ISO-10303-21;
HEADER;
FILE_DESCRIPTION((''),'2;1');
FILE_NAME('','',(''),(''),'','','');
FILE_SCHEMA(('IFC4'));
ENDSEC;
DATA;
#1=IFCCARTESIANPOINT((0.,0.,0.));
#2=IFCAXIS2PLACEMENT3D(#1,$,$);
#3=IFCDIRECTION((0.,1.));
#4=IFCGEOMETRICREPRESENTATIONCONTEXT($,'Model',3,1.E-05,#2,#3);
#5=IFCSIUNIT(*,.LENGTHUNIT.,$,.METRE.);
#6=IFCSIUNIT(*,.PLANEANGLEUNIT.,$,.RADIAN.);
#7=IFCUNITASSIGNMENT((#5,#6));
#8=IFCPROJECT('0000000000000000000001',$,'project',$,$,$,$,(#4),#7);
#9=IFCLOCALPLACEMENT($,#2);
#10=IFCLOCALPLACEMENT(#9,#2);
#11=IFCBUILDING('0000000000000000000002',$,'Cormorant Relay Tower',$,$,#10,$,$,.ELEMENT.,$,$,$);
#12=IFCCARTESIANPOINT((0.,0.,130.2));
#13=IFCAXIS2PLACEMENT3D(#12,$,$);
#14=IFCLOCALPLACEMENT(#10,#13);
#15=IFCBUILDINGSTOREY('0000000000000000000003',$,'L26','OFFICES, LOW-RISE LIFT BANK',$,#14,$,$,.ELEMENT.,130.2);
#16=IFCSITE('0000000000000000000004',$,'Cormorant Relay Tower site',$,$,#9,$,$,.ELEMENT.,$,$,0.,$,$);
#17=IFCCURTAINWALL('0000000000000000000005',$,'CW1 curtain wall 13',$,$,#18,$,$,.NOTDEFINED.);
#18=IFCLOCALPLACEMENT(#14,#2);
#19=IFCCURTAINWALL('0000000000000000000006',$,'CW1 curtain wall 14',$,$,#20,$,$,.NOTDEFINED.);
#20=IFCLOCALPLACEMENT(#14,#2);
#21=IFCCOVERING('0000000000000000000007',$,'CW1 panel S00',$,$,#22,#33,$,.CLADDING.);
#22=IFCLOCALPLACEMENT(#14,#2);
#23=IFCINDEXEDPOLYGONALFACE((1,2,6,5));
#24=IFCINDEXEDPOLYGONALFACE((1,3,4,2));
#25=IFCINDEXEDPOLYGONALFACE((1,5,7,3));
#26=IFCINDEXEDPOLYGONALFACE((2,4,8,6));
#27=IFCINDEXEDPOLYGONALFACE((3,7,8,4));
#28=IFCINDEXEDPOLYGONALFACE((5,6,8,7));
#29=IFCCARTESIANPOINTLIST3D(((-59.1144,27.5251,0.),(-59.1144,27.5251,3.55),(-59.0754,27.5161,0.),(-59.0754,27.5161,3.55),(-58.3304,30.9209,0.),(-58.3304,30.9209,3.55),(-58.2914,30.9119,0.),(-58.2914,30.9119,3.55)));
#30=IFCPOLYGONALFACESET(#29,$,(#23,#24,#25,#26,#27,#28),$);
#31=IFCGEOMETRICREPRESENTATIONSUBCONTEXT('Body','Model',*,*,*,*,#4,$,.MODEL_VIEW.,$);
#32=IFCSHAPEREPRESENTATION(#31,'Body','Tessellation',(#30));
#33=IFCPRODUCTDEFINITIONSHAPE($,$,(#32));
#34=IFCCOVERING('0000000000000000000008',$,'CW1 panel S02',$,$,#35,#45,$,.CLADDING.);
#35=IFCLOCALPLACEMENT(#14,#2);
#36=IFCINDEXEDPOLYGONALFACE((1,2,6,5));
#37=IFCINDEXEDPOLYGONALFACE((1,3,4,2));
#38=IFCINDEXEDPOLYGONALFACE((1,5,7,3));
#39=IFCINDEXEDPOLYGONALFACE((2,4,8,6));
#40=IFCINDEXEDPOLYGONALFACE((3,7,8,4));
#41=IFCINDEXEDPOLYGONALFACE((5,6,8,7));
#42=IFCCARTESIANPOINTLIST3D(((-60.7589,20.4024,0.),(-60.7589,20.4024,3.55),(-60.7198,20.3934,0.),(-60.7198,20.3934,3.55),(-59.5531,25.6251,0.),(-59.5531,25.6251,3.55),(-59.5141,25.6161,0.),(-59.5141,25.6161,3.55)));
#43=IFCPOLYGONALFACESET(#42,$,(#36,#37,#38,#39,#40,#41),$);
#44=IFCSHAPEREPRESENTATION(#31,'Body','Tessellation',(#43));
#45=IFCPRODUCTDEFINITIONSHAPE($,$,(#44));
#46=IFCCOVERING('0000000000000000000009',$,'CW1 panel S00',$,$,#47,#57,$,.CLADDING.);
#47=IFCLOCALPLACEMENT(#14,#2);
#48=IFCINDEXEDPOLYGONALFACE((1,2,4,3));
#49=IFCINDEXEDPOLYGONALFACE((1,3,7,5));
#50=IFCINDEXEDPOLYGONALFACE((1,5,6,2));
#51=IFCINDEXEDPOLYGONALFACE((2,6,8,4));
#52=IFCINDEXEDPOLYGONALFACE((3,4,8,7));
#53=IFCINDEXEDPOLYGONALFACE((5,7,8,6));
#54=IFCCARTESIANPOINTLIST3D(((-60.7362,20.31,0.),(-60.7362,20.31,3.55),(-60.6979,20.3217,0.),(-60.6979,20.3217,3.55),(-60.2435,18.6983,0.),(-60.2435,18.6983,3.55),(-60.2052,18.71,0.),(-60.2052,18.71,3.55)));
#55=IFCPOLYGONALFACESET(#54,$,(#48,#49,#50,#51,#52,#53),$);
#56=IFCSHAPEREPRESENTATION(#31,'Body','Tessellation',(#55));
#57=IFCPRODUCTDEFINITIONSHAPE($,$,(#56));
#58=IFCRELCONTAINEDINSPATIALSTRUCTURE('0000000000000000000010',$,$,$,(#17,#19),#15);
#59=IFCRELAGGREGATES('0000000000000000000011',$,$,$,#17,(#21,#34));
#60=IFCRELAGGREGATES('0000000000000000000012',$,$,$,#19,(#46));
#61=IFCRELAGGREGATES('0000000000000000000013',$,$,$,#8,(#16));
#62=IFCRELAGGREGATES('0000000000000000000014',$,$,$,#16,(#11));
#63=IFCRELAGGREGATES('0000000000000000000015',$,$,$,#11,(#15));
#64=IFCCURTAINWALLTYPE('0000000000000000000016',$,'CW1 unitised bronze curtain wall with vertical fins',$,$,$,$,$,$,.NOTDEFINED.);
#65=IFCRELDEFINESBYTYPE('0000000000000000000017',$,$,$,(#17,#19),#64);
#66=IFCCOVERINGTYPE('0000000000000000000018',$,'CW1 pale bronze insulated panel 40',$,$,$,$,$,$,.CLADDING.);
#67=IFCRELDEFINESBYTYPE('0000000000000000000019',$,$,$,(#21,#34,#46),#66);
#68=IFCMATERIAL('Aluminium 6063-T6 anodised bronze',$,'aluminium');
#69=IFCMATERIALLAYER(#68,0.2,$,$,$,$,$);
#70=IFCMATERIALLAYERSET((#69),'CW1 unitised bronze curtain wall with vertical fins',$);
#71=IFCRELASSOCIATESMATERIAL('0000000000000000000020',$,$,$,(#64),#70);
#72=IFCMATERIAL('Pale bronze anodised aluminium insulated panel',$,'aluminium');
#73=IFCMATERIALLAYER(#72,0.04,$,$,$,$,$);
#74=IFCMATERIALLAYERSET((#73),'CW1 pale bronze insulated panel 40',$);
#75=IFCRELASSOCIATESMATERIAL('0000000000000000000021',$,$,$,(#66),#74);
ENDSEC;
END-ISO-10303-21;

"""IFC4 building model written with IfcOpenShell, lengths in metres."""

from ifc_helpers import new_model, si_unit, direction, frame, origin, origin_2d, place, context, subcontext, project, spatial, rectangle, extrude, material, layer, layer_set, type_object, element, aggregate, save


model = new_model("IFC4")

# Units and contexts
model_context = context("Model", 3, precision=1e-05, world=origin(), true_north=direction((0.0, 1.0)))
body_context = subcontext(model_context, "Body", "Model", "MODEL_VIEW")
ifc_project = project(units=[si_unit("LENGTHUNIT", "METRE"), si_unit("PLANEANGLEUNIT", "RADIAN")], contexts=[model_context])

# Site, building, storey
site_placement = place(None, origin())
site = spatial("IfcSite", under=ifc_project, at=site_placement, Name="Cormorant Relay Tower site", CompositionType="ELEMENT", RefElevation=0.0)
building_placement = place(site_placement, origin())
building = spatial("IfcBuilding", under=site, at=building_placement, Name="Cormorant Relay Tower", CompositionType="ELEMENT")
storey_placement = place(building_placement, frame((0.0, 0.0, 130.2)))
storey = spatial("IfcBuildingStorey", under=building, at=storey_placement, Name="L26", Description="OFFICES, LOW-RISE LIFT BANK", CompositionType="ELEMENT", Elevation=130.2)

# Curtain wall
ifc_material_1 = material(Name="Aluminium 6063-T6 anodised bronze", Category="aluminium")
ifc_layer_1 = layer(ifc_material_1, 0.2)
ifc_layer_set_1 = layer_set([ifc_layer_1], Name="CW1 unitised bronze curtain wall with vertical fins")
curtain_wall_type = type_object("IfcCurtainWallType", Name="CW1 unitised bronze curtain wall with vertical fins", PredefinedType="NOTDEFINED", material=ifc_layer_set_1)
curtain_wall_1_placement = place(storey_placement, origin())
curtain_wall_1 = element("IfcCurtainWall", 1, at=curtain_wall_1_placement, inside=storey, type_object=curtain_wall_type, Name="CW1 curtain wall 13", PredefinedType="NOTDEFINED")

# Curtain wall
curtain_wall_2_placement = place(storey_placement, origin())
curtain_wall_2 = element("IfcCurtainWall", 2, at=curtain_wall_2_placement, inside=storey, type_object=curtain_wall_type, Name="CW1 curtain wall 14", PredefinedType="NOTDEFINED")

# Coverings
ifc_material_2 = material(Name="Pale bronze anodised aluminium insulated panel", Category="aluminium")
ifc_layer_2 = layer(ifc_material_2, 0.04)
ifc_layer_set_2 = layer_set([ifc_layer_2], Name="CW1 pale bronze insulated panel 40")
covering_type = type_object("IfcCoveringType", Name="CW1 pale bronze insulated panel 40", PredefinedType="CLADDING", material=ifc_layer_set_2)
covering_1_placement = place(storey_placement, frame((-58.7029, 29.2185, 0.0), z_axis=(0.0, 0.0, 1.0), x_axis=(-0.224951, -0.97437, 0.0)))
covering_1 = element("IfcCovering", 3, at=covering_1_placement, type_object=covering_type, Name="CW1 panel S00", PredefinedType="CLADDING", context=body_context, shape_type="SweptSolid", body=[
    extrude(rectangle(XDim=3.4851, YDim=0.04, at=origin_2d()), origin(), (0.0, 0.0, 1.0), 3.55),
])
covering_2_placement = place(storey_placement, frame((-60.1365, 23.0093, 0.0), z_axis=(0.0, 0.0, 1.0), x_axis=(-0.224951, -0.97437, 0.0)))
covering_2 = element("IfcCovering", 4, at=covering_2_placement, type_object=covering_type, Name="CW1 panel S02", PredefinedType="CLADDING", context=body_context, shape_type="SweptSolid", body=[
    extrude(rectangle(XDim=5.3601, YDim=0.04, at=origin_2d()), origin(), (0.0, 0.0, 1.0), 3.55),
])
aggregate(curtain_wall_1, [covering_1, covering_2])
covering_3_placement = place(storey_placement, frame((-60.4707, 19.51, 0.0), z_axis=(0.0, 0.0, 1.0), x_axis=(0.292372, -0.956305, 0.0)))
covering_3 = element("IfcCovering", 5, at=covering_3_placement, type_object=covering_type, Name="CW1 panel S00", PredefinedType="CLADDING", context=body_context, shape_type="SweptSolid", body=[
    extrude(rectangle(XDim=1.6853, YDim=0.04, at=origin_2d()), origin(), (0.0, 0.0, 1.0), 3.55),
])
aggregate(curtain_wall_2, [covering_3])

save(model, "model.ifc")
